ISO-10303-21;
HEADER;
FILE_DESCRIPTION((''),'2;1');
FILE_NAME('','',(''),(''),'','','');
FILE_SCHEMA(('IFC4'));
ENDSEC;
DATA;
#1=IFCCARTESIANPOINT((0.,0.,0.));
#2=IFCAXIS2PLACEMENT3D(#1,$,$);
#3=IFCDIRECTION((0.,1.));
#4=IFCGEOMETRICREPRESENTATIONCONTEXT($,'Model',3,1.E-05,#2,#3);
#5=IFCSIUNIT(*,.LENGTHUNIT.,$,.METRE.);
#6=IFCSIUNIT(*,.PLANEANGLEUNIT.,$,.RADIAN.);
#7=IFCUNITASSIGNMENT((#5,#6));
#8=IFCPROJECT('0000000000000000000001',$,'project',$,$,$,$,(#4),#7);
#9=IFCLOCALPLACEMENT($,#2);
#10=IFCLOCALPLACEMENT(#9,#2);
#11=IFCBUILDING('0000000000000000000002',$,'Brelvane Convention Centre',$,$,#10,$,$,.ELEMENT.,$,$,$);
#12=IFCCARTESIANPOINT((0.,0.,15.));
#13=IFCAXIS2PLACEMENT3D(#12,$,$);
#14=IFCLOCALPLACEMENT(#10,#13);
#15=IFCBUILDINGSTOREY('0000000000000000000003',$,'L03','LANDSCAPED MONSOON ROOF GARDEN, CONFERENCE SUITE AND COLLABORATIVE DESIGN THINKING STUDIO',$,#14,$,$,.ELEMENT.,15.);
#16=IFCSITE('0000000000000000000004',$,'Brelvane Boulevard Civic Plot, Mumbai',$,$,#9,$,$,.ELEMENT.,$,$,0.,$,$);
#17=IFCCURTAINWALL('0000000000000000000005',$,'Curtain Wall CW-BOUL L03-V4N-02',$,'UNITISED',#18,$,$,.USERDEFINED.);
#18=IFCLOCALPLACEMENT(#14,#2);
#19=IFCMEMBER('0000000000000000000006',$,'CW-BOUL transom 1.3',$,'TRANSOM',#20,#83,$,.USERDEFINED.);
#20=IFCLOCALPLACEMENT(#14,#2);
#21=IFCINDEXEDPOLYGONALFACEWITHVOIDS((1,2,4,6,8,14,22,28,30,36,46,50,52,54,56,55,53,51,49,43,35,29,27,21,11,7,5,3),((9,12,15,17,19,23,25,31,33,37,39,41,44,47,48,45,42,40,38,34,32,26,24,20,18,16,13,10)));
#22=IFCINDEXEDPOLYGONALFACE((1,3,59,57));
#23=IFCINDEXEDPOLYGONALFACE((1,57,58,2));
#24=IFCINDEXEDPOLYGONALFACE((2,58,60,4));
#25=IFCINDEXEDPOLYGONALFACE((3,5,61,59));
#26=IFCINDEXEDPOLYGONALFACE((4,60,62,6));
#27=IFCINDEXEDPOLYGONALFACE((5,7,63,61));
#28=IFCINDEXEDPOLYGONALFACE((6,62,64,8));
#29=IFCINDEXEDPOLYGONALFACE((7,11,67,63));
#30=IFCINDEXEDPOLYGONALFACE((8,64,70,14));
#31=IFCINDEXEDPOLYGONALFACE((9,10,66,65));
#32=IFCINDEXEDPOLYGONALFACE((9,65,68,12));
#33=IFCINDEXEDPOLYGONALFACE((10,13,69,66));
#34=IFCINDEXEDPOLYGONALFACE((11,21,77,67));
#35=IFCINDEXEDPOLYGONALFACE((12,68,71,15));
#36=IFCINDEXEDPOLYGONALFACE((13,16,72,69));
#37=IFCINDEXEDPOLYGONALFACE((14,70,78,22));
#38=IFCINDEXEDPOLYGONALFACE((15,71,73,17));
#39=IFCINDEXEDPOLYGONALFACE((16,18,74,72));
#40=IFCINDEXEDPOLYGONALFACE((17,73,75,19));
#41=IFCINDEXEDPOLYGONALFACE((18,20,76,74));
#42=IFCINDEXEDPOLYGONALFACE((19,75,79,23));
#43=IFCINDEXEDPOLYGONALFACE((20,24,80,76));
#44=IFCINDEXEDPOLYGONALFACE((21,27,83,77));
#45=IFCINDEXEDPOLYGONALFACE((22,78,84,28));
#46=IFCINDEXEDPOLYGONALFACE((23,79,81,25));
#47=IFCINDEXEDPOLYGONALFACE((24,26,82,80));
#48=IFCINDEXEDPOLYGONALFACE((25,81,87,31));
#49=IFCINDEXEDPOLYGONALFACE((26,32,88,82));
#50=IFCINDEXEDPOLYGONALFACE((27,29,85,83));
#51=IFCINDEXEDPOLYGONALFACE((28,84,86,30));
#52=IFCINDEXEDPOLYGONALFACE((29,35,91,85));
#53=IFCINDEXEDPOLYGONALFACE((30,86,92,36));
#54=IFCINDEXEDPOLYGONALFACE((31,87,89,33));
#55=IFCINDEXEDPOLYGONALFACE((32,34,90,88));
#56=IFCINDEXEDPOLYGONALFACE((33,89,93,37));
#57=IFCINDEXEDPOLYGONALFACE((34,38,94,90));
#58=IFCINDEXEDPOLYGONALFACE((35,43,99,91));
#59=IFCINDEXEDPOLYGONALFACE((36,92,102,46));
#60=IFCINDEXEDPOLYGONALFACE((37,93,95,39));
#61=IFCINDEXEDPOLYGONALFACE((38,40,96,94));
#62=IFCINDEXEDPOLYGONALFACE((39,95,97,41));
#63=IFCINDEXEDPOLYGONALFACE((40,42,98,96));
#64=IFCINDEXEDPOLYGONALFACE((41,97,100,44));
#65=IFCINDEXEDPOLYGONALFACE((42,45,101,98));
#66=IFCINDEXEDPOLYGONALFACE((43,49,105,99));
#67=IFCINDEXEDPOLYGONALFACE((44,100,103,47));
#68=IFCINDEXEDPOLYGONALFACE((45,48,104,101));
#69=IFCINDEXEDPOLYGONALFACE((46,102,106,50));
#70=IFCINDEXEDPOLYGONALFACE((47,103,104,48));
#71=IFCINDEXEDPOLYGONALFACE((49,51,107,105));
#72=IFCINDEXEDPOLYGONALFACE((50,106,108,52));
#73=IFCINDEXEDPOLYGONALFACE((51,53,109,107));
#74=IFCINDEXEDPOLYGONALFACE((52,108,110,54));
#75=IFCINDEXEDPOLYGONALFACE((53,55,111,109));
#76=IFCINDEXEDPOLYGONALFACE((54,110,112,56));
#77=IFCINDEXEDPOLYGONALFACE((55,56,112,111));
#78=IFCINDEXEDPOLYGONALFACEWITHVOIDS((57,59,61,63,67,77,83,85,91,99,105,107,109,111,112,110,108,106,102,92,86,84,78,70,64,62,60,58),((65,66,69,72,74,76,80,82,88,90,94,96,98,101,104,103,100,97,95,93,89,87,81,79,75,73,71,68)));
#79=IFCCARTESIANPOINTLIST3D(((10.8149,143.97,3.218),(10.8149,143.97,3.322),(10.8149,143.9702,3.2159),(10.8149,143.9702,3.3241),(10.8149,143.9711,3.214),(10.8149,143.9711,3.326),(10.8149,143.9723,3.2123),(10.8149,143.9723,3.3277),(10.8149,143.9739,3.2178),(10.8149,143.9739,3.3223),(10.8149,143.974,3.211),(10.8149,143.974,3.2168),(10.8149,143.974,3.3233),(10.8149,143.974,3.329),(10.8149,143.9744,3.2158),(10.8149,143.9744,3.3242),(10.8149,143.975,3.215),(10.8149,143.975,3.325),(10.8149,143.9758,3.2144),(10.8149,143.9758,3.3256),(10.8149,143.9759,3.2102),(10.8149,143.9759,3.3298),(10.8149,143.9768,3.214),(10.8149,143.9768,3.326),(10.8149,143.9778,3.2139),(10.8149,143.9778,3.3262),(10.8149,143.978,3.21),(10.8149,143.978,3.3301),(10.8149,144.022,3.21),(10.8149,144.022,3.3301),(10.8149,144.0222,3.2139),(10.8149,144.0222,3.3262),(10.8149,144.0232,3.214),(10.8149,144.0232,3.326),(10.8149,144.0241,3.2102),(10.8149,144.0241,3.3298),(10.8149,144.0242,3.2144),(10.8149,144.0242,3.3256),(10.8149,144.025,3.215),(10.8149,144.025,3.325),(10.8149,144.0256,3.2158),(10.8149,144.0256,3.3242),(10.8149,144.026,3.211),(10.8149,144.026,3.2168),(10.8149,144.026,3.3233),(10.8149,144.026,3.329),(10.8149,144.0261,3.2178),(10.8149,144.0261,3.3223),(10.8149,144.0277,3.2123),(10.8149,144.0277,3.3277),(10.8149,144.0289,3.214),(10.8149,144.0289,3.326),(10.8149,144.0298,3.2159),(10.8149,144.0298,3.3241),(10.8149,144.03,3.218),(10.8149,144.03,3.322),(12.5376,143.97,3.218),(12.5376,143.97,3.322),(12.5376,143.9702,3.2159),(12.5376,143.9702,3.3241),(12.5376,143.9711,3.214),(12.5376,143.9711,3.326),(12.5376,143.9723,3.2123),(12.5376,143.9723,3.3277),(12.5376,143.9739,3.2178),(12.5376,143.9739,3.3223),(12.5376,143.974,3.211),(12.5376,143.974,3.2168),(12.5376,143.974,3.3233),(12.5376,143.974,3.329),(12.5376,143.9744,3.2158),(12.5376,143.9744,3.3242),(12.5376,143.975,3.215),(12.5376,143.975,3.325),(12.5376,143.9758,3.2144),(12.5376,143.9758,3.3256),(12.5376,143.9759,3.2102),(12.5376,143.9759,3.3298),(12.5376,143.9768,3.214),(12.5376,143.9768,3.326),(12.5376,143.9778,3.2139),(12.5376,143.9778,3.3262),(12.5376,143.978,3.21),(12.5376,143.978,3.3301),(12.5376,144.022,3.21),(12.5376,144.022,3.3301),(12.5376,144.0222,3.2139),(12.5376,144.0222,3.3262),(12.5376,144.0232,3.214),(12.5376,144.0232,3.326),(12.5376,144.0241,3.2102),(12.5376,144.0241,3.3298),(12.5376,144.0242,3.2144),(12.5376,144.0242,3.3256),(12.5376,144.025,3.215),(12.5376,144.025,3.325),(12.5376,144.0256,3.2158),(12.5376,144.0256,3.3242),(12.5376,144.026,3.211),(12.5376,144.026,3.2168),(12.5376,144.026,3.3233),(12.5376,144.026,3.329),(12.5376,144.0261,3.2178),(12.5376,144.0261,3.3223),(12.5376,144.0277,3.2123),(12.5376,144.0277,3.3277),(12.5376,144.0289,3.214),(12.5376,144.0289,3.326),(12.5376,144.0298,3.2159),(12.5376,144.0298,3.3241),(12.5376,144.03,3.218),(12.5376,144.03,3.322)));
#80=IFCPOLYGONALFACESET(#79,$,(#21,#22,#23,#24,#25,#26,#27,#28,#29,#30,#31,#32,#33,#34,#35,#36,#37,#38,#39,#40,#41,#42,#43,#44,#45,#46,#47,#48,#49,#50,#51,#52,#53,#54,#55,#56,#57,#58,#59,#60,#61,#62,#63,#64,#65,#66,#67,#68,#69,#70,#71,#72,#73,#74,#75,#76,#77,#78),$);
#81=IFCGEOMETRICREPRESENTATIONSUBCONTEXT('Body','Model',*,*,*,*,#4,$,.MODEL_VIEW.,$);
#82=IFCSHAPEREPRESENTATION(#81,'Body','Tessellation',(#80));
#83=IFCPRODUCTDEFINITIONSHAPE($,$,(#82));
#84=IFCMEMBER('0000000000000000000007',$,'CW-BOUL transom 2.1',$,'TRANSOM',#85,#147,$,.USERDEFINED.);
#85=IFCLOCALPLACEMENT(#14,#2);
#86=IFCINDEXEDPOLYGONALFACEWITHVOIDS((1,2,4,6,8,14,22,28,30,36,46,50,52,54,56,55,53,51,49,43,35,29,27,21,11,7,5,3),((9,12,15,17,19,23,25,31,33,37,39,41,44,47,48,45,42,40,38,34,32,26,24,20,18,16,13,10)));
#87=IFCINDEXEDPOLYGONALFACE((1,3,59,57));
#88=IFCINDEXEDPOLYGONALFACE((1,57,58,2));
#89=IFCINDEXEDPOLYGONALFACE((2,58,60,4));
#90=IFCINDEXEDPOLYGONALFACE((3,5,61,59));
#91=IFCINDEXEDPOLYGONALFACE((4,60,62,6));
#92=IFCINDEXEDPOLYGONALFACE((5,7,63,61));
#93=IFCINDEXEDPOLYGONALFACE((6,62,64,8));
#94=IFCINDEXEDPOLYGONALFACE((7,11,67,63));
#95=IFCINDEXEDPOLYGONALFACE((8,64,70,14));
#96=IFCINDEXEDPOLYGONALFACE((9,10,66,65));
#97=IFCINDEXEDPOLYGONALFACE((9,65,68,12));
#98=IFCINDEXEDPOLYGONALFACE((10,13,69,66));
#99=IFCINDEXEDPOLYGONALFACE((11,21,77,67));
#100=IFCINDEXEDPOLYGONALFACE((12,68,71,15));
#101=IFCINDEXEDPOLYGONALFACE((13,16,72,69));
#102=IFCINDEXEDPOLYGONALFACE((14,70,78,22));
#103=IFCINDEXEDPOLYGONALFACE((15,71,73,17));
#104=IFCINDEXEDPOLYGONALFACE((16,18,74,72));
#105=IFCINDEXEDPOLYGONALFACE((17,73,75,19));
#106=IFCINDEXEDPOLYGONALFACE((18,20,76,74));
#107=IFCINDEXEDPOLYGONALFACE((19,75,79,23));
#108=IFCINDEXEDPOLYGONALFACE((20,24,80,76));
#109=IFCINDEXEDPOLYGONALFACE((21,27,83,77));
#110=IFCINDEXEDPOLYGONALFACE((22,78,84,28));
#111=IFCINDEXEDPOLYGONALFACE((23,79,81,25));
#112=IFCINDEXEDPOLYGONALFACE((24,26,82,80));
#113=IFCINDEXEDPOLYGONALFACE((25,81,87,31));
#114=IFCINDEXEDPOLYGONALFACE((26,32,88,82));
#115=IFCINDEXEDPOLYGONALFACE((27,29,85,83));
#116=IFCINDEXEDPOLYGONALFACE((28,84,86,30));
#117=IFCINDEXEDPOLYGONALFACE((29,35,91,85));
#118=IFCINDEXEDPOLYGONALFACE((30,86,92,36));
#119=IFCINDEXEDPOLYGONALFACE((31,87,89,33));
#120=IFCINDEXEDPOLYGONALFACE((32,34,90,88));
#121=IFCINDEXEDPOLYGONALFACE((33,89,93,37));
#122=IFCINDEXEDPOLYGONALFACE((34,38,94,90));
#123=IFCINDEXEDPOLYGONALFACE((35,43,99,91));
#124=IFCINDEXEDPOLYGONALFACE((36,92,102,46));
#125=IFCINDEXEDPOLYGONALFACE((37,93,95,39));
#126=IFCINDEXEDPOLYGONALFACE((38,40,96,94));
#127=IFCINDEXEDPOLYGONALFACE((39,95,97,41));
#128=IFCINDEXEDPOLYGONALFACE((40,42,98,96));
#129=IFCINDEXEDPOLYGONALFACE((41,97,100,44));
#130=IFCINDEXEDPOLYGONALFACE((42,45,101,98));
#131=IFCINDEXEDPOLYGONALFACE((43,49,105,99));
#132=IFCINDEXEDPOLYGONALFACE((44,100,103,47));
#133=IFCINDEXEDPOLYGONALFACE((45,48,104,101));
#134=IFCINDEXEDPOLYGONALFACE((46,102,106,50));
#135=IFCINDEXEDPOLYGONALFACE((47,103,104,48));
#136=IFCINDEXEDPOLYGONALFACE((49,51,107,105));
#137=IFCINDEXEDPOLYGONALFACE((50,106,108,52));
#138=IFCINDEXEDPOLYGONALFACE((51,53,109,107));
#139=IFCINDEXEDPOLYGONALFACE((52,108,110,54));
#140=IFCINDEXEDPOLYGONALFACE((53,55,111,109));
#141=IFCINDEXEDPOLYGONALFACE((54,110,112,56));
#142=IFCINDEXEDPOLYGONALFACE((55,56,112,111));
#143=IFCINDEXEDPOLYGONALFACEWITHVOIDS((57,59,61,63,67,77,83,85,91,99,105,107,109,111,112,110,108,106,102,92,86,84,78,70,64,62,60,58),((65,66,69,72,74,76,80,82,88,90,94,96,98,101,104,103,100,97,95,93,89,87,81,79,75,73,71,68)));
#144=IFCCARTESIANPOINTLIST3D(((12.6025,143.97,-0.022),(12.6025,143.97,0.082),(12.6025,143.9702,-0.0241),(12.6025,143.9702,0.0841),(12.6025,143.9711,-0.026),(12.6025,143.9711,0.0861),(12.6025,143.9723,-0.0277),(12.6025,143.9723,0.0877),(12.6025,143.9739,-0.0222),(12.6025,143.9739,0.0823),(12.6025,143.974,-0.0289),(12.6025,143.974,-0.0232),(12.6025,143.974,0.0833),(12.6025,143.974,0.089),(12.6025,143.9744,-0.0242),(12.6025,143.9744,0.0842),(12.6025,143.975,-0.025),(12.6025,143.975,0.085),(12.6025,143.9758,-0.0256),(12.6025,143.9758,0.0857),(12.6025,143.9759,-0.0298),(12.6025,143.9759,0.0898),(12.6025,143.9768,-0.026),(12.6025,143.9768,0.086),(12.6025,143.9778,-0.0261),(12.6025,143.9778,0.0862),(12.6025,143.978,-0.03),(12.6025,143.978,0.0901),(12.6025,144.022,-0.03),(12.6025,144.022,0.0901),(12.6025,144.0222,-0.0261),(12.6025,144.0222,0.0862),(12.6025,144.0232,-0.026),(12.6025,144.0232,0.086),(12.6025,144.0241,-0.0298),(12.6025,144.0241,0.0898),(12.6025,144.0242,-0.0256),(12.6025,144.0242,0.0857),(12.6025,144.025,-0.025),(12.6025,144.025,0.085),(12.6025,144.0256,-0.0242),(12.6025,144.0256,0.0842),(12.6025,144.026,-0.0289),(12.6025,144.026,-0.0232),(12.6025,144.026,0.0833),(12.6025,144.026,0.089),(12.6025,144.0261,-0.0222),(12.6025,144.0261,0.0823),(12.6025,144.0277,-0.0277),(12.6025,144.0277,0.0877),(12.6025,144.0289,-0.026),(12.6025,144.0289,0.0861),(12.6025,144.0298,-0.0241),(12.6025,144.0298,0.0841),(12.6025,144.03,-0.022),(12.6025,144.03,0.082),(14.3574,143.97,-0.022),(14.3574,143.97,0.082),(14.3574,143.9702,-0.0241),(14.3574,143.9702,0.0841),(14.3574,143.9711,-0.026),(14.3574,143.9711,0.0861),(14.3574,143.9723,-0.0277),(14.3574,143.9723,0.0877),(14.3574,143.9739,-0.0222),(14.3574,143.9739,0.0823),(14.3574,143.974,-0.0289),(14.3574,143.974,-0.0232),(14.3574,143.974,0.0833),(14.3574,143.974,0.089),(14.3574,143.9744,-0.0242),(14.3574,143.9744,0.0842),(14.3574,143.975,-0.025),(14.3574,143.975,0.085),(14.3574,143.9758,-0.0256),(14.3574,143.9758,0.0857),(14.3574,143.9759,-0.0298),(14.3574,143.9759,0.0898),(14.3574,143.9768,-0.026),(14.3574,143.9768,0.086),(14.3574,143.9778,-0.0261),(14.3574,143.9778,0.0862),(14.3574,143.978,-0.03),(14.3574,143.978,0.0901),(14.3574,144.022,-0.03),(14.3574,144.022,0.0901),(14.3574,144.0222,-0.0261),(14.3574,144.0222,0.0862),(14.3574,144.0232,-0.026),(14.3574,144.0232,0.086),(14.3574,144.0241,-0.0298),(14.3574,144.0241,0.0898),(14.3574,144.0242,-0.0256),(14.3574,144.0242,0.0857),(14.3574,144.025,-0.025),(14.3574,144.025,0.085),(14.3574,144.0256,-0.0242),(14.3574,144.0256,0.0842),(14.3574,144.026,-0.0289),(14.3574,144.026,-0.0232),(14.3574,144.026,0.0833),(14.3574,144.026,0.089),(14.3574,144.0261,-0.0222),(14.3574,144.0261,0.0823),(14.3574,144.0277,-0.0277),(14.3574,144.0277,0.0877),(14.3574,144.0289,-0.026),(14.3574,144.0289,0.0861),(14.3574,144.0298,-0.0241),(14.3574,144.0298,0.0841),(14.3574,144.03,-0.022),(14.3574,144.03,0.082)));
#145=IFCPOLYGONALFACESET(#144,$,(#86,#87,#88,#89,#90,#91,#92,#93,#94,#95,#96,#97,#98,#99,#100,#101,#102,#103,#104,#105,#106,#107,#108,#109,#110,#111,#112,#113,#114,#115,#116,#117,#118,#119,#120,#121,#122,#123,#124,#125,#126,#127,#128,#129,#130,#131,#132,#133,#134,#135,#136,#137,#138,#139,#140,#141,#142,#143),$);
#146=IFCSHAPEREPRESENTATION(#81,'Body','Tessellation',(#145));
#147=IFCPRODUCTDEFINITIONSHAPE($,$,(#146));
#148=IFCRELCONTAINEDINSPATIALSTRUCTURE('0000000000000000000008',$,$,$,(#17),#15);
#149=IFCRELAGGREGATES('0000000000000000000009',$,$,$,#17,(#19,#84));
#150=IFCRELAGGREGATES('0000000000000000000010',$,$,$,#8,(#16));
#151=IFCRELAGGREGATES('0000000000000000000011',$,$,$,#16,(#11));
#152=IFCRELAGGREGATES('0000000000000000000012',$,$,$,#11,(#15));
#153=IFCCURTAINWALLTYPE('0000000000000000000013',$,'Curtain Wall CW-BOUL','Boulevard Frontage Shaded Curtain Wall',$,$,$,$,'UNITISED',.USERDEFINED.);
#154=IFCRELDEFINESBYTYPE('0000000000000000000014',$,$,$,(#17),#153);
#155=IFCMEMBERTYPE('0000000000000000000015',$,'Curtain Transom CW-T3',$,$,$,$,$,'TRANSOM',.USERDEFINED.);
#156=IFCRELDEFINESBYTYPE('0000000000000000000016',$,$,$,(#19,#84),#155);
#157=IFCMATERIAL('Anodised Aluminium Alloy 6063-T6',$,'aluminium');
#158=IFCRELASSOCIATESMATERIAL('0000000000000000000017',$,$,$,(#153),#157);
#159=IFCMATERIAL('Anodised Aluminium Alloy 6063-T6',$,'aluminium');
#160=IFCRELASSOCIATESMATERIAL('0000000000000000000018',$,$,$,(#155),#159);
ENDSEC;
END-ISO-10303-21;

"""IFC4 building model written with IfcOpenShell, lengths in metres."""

from ifc_helpers import new_model, si_unit, direction, frame, origin, origin_2d, place, context, subcontext, project, spatial, hollow_rectangle, extrude, material, material_profile, profile_set, type_object, element, aggregate, save


model = new_model("IFC4")

# Units and contexts
model_context = context("Model", 3, precision=1e-05, world=origin(), true_north=direction((0.0, 1.0)))
body_context = subcontext(model_context, "Body", "Model", "MODEL_VIEW")
ifc_project = project(units=[si_unit("LENGTHUNIT", "METRE"), si_unit("PLANEANGLEUNIT", "RADIAN")], contexts=[model_context])

# Site, building, storey
site_placement = place(None, origin())
site = spatial("IfcSite", under=ifc_project, at=site_placement, Name="Brelvane Boulevard Civic Plot, Mumbai", CompositionType="ELEMENT", RefElevation=0.0)
building_placement = place(site_placement, origin())
building = spatial("IfcBuilding", under=site, at=building_placement, Name="Brelvane Convention Centre", CompositionType="ELEMENT")
storey_placement = place(building_placement, frame((0.0, 0.0, 15.0)))
storey = spatial("IfcBuildingStorey", under=building, at=storey_placement, Name="L03", Description="LANDSCAPED MONSOON ROOF GARDEN, CONFERENCE SUITE AND COLLABORATIVE DESIGN THINKING STUDIO", CompositionType="ELEMENT", Elevation=15.0)

# Curtain wall, members
ifc_material_1 = material(Name="Anodised Aluminium Alloy 6063-T6", Category="aluminium")
curtain_wall_type = type_object("IfcCurtainWallType", Name="Curtain Wall CW-BOUL", Description="Boulevard Frontage Shaded Curtain Wall", ElementType="UNITISED", PredefinedType="USERDEFINED", material=ifc_material_1)
curtain_wall_placement = place(storey_placement, origin())
curtain_wall = element("IfcCurtainWall", 1, at=curtain_wall_placement, inside=storey, type_object=curtain_wall_type, Name="Curtain Wall CW-BOUL L03-V4N-02", ObjectType="UNITISED", PredefinedType="USERDEFINED")
ifc_material_2 = material(Name="Anodised Aluminium Alloy 6063-T6", Category="aluminium")
ifc_material_profile_1 = material_profile(ifc_material_2, hollow_rectangle(XDim=0.0601, YDim=0.1201, WallThickness=0.0039, InnerFilletRadius=0.0039, OuterFilletRadius=0.0081, at=origin_2d()), Name="ALU-T 120x60x4.0")
ifc_profile_set_1 = profile_set([ifc_material_profile_1], Name="Anodised Aluminium Alloy 6063-T6")
member_type_1 = type_object("IfcMemberType", Name="Curtain Transom CW-T3", ElementType="TRANSOM", PredefinedType="USERDEFINED", material=ifc_profile_set_1)
member_1_placement = place(storey_placement, frame((10.8149, 144.0, 3.27), z_axis=(1.0, 0.0, 0.0), x_axis=(0.0, 1.0, 0.0)))
member_1 = element("IfcMember", 2, at=member_1_placement, type_object=member_type_1, Name="CW-BOUL transom 1.3", ObjectType="TRANSOM", PredefinedType="USERDEFINED", context=body_context, shape_type="SweptSolid", body=[
    extrude(hollow_rectangle(XDim=0.0601, YDim=0.1201, WallThickness=0.0039, InnerFilletRadius=0.0039, OuterFilletRadius=0.0081, at=origin_2d()), origin(), (0.0, 0.0, 1.0), 1.7227),
])
member_2_placement = place(storey_placement, frame((12.6025, 144.0, 0.03), z_axis=(1.0, 0.0, 0.0), x_axis=(0.0, 1.0, 0.0)))
member_2 = element("IfcMember", 3, at=member_2_placement, type_object=member_type_1, Name="CW-BOUL transom 2.1", ObjectType="TRANSOM", PredefinedType="USERDEFINED", context=body_context, shape_type="SweptSolid", body=[
    extrude(hollow_rectangle(XDim=0.0601, YDim=0.1201, WallThickness=0.0039, InnerFilletRadius=0.0039, OuterFilletRadius=0.0081, at=origin_2d()), origin(), (0.0, 0.0, 1.0), 1.7549),
])

aggregate(curtain_wall, [member_1, member_2])

save(model, "model.ifc")
